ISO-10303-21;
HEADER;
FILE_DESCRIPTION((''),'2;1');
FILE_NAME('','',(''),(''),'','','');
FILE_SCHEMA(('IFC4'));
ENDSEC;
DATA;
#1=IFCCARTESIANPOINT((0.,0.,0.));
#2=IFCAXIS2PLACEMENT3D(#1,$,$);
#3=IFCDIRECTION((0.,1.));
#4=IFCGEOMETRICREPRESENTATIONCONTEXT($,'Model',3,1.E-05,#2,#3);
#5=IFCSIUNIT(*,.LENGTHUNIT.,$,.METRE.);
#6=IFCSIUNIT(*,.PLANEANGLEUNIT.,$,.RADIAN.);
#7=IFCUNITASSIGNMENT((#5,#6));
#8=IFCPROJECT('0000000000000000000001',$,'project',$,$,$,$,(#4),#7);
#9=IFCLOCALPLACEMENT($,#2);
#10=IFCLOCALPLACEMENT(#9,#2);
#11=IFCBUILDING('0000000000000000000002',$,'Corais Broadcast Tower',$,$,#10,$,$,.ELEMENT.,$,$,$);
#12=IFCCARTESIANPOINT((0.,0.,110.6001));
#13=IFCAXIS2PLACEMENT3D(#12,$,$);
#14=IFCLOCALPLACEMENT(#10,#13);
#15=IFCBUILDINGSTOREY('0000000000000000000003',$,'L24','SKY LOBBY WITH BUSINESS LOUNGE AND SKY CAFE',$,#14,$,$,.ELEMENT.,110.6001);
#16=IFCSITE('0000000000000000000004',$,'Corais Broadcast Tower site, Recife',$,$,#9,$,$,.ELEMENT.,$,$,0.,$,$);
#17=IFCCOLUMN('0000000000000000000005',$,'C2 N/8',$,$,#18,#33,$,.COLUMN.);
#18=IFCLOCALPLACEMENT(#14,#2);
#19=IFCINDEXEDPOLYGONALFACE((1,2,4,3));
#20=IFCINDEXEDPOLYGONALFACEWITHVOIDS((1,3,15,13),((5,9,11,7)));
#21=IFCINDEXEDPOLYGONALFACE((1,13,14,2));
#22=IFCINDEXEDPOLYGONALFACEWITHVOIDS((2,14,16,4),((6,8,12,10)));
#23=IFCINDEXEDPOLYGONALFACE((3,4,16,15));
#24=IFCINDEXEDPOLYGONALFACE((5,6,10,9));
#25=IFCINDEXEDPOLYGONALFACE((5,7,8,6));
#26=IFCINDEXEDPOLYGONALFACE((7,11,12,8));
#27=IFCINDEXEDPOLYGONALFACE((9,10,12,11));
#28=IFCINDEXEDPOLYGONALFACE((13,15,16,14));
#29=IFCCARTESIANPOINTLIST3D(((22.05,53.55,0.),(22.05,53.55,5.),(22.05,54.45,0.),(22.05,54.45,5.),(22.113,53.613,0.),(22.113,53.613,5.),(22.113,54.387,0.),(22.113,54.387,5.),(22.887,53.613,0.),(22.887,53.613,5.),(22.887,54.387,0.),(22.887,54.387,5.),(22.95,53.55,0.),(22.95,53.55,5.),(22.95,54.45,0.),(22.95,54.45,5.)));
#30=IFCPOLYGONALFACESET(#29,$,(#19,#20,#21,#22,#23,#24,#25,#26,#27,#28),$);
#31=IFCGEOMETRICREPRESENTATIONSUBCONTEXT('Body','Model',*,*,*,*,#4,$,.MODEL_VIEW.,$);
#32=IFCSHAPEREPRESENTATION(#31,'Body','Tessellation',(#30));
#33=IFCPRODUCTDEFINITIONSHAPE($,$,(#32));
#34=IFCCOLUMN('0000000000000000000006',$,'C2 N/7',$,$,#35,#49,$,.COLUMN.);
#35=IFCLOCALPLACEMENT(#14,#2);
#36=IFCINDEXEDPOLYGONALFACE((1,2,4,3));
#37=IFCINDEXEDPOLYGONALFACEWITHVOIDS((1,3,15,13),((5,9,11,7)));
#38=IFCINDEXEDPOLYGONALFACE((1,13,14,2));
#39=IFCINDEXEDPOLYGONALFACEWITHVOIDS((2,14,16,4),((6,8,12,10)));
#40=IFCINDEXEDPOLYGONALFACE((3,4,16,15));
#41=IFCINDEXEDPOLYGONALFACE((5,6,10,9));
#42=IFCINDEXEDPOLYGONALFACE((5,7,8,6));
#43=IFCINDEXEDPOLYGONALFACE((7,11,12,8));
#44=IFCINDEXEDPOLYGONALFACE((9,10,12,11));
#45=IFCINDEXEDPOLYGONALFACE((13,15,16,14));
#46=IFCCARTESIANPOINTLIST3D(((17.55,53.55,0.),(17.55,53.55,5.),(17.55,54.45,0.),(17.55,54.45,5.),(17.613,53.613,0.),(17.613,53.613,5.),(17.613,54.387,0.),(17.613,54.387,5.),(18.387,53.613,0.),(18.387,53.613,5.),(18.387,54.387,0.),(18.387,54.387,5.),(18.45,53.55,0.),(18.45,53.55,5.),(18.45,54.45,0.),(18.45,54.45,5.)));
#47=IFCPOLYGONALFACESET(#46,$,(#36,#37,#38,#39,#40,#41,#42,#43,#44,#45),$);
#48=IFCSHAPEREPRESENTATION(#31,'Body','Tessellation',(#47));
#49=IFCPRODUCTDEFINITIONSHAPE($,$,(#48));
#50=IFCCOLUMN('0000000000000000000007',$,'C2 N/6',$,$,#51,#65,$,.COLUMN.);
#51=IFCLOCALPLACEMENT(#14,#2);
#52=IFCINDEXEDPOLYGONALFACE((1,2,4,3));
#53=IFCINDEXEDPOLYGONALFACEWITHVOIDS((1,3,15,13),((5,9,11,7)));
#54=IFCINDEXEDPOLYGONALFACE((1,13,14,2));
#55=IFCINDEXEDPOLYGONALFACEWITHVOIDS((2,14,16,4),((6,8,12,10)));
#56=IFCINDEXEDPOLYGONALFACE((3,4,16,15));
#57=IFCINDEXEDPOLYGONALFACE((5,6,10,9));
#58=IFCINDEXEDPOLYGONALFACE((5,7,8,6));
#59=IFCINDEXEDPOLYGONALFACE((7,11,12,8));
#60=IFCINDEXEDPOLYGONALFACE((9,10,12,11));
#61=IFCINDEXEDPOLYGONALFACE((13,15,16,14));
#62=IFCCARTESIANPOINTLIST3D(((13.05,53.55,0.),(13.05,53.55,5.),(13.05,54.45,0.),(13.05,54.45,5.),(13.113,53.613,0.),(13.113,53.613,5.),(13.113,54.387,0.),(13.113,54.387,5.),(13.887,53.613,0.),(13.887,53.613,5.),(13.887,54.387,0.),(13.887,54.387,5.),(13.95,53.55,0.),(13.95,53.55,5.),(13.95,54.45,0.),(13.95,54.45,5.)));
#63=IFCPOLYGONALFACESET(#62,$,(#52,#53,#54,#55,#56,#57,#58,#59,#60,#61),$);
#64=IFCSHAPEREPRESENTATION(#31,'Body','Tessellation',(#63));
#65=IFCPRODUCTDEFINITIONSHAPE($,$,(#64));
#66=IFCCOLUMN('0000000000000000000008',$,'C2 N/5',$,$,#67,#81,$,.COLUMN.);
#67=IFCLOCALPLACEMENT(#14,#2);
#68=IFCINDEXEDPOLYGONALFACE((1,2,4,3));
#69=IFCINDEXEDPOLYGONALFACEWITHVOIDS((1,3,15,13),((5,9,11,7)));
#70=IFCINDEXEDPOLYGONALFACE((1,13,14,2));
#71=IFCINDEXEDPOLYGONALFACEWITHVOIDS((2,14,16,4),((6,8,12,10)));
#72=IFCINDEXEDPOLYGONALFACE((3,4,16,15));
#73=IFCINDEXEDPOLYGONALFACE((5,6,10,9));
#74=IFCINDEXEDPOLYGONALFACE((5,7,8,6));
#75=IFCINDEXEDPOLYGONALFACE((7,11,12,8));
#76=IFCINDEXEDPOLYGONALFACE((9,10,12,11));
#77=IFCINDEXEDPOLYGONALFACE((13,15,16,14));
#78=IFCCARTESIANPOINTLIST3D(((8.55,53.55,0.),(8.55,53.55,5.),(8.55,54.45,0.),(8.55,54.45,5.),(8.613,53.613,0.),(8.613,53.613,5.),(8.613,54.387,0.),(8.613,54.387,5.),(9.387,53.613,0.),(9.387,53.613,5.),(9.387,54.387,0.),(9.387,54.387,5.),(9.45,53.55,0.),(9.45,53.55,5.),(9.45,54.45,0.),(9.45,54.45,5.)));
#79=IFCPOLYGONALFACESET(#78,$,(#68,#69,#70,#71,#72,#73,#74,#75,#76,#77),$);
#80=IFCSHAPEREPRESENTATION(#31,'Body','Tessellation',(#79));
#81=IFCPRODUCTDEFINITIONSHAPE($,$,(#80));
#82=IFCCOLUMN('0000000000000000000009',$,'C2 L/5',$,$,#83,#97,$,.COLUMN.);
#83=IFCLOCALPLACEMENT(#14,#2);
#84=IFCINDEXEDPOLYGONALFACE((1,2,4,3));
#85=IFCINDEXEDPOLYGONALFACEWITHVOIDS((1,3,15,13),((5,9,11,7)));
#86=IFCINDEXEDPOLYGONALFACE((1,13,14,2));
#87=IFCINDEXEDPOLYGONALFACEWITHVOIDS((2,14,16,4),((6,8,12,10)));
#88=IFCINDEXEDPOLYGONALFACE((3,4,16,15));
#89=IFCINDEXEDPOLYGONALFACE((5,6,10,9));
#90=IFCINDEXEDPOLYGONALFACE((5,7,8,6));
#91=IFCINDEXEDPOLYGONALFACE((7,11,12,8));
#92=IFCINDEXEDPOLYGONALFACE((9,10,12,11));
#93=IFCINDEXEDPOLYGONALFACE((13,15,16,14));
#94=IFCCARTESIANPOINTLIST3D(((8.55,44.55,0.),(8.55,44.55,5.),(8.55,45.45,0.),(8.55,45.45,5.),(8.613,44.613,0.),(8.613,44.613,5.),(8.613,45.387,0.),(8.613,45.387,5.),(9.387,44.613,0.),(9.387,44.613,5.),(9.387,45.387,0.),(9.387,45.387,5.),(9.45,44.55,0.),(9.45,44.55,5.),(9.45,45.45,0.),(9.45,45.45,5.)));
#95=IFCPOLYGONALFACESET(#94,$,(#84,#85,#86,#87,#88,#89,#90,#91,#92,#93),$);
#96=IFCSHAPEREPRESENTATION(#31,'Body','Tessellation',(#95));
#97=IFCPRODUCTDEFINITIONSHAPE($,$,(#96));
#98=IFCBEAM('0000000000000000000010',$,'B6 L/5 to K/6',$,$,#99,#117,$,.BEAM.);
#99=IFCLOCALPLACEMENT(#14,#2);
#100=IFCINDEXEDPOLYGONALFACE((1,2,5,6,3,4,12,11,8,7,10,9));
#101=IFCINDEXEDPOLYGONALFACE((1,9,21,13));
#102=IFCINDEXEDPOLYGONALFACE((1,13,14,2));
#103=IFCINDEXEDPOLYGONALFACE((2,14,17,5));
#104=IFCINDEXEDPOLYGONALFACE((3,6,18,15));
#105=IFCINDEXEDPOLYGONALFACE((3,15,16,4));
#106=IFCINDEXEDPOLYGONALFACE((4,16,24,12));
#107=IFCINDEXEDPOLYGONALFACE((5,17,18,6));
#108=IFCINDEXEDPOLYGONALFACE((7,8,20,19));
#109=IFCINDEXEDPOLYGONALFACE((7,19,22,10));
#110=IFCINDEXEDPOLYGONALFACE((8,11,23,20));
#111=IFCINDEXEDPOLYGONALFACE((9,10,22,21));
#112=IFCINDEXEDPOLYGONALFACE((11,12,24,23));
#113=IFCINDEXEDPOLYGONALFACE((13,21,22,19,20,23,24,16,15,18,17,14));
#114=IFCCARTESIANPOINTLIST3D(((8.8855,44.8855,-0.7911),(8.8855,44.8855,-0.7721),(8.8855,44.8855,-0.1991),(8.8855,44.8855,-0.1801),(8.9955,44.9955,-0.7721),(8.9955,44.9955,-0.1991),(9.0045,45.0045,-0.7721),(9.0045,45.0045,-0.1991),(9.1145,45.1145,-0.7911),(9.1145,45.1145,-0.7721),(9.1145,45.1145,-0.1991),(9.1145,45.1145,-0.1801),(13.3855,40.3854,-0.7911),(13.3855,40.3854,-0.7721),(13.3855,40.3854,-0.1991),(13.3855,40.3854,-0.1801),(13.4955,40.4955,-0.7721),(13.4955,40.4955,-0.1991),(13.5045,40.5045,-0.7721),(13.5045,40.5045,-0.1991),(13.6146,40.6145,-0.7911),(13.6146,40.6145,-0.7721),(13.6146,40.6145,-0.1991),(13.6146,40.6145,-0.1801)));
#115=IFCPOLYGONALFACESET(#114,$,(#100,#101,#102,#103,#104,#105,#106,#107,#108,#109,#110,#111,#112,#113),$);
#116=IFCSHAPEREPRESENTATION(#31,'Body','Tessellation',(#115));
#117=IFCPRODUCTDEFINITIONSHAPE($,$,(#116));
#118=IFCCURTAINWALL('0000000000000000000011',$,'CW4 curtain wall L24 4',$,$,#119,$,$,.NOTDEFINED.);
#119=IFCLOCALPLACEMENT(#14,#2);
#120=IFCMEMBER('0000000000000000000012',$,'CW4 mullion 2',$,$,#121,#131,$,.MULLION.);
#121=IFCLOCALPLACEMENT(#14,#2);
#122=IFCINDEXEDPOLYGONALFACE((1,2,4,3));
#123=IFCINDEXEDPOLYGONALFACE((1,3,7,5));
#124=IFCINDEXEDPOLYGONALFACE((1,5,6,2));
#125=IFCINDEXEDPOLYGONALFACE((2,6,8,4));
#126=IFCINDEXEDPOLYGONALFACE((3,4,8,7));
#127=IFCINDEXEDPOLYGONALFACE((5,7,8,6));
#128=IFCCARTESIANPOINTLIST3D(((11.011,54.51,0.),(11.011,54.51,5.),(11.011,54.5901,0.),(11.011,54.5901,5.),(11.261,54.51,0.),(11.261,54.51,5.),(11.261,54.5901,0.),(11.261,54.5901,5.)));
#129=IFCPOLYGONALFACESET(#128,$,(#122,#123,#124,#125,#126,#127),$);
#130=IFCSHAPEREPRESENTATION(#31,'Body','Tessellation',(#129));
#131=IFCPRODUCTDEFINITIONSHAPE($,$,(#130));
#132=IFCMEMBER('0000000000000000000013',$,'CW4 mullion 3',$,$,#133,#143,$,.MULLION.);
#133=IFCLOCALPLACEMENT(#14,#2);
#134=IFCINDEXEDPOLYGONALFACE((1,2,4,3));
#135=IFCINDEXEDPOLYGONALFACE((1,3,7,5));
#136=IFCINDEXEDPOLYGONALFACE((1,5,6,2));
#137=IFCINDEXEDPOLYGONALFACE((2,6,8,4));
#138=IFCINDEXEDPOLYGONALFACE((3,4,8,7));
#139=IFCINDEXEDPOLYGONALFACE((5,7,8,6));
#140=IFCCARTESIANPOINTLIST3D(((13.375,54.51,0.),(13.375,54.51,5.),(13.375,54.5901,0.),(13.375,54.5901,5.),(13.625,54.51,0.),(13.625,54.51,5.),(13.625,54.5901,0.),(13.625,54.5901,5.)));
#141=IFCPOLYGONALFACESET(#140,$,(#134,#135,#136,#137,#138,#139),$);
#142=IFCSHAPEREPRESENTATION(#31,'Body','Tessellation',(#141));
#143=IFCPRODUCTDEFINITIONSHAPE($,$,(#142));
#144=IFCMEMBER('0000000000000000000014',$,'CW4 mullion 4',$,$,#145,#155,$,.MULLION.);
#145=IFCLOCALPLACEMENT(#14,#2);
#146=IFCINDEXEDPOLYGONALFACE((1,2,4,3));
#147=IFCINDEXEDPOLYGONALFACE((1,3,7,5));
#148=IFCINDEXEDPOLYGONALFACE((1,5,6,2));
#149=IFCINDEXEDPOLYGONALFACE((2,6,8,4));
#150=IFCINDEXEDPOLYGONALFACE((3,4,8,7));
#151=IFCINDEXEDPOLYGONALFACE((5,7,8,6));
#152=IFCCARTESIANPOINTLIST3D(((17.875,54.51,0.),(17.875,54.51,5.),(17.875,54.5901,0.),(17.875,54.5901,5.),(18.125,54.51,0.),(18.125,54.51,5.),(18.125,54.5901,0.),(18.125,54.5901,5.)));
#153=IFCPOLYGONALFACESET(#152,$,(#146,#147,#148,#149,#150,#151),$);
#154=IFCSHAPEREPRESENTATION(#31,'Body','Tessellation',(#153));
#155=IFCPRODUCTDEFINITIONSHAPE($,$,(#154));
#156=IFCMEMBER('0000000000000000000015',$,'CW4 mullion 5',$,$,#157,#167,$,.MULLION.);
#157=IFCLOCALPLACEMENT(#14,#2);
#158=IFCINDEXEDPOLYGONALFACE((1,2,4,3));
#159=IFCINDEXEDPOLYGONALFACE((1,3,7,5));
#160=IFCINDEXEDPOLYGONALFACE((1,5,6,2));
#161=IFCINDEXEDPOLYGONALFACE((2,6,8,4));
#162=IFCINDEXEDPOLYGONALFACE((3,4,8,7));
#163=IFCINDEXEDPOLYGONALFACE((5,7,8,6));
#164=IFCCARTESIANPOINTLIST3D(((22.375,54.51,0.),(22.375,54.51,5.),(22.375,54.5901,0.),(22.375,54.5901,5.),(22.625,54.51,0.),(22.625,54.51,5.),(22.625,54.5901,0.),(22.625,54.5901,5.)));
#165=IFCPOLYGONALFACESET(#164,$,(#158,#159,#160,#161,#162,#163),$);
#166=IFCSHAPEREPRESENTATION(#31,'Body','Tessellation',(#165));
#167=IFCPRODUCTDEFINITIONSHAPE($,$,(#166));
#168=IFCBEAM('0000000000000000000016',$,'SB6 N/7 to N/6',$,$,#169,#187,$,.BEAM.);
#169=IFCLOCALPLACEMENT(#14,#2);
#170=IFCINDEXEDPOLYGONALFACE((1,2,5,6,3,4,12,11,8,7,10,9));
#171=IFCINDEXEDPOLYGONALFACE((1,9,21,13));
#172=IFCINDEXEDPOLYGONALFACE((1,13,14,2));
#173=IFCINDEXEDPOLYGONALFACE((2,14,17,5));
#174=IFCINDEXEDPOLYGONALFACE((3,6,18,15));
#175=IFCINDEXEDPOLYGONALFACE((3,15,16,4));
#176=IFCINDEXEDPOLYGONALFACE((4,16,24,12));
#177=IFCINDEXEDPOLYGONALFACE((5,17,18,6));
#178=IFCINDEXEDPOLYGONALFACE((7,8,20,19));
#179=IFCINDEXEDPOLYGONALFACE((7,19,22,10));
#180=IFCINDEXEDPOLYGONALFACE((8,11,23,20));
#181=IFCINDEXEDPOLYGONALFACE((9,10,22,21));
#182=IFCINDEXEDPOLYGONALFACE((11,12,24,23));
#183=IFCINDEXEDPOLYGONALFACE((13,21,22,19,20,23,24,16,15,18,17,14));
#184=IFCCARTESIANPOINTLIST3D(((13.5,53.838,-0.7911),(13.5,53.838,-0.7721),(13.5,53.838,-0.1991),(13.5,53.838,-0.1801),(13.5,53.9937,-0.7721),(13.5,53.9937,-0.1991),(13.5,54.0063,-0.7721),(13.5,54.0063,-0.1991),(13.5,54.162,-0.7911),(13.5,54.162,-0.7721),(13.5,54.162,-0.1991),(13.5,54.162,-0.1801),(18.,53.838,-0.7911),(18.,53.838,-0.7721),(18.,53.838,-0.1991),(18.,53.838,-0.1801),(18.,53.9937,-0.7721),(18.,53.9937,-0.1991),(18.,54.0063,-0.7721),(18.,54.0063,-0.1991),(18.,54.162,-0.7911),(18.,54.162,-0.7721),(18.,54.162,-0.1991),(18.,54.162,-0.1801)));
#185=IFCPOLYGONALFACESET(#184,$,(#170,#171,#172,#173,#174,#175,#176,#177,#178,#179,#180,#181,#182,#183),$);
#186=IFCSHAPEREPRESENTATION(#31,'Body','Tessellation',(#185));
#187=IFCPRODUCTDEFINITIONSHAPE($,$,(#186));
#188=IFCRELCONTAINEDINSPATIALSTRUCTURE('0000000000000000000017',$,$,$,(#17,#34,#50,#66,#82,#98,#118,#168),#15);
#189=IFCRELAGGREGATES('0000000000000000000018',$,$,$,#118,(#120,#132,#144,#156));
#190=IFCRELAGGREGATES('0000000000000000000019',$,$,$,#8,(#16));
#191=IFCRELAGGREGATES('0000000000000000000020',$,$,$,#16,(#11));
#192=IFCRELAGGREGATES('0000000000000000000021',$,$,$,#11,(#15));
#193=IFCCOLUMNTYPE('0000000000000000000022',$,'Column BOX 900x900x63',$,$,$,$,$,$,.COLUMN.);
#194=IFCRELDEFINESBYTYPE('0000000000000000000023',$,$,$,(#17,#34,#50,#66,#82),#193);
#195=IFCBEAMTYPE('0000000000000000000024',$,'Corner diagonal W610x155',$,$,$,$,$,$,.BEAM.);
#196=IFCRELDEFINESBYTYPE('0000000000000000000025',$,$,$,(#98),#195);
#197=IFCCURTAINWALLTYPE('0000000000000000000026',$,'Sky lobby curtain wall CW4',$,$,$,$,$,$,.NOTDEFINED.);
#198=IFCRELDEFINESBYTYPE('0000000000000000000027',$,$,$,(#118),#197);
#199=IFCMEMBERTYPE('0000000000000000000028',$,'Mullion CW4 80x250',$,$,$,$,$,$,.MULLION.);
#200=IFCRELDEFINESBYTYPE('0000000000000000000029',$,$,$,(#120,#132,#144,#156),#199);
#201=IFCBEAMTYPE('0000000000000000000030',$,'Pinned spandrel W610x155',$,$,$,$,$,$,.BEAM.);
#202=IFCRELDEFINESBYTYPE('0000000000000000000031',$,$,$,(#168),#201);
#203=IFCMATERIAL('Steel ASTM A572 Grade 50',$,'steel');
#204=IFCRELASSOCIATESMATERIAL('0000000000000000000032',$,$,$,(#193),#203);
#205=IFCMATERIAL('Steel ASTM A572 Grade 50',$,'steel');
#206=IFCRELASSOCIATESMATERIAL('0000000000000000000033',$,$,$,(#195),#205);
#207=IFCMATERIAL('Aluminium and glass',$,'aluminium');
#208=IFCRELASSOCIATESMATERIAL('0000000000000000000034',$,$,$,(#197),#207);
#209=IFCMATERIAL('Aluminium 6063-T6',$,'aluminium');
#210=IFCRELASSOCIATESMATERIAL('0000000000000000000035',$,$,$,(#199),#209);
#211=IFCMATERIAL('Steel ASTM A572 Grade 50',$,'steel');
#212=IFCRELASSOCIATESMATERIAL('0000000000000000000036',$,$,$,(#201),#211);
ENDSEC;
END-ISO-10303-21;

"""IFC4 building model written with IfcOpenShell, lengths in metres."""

from ifc_helpers import new_model, si_unit, direction, frame, origin, origin_2d, place, context, subcontext, project, spatial, rectangle, hollow_rectangle, i_section, extrude, material, material_profile, profile_set, type_object, element, aggregate, save


model = new_model("IFC4")

# Units and contexts
model_context = context("Model", 3, precision=1e-05, world=origin(), true_north=direction((0.0, 1.0)))
body_context = subcontext(model_context, "Body", "Model", "MODEL_VIEW")
ifc_project = project(units=[si_unit("LENGTHUNIT", "METRE"), si_unit("PLANEANGLEUNIT", "RADIAN")], contexts=[model_context])

# Site, building, storey
site_placement = place(None, origin())
site = spatial("IfcSite", under=ifc_project, at=site_placement, Name="Corais Broadcast Tower site, Recife", CompositionType="ELEMENT", RefElevation=0.0)
building_placement = place(site_placement, origin())
building = spatial("IfcBuilding", under=site, at=building_placement, Name="Corais Broadcast Tower", CompositionType="ELEMENT")
storey_placement = place(building_placement, frame((0.0, 0.0, 110.6001)))
storey = spatial("IfcBuildingStorey", under=building, at=storey_placement, Name="L24", Description="SKY LOBBY WITH BUSINESS LOUNGE AND SKY CAFE", CompositionType="ELEMENT", Elevation=110.6001)

# Columns
ifc_material_1 = material(Name="Steel ASTM A572 Grade 50", Category="steel")
ifc_material_profile_1 = material_profile(ifc_material_1, hollow_rectangle(XDim=0.8999, YDim=0.8999, WallThickness=0.063, at=origin_2d()), Name="BOX 900x900x63")
ifc_profile_set_1 = profile_set([ifc_material_profile_1], Name="Steel ASTM A572 Grade 50")
column_type = type_object("IfcColumnType", Name="Column BOX 900x900x63", PredefinedType="COLUMN", material=ifc_profile_set_1)
for number, where, z_axis, x_axis, name in (
    (1, (22.5, 54.0, 0.0), (0.0, 0.0, 1.0), (1.0, 0.0, 0.0), "C2 N/8"),
    (2, (18.0, 54.0, 0.0), (0.0, 0.0, 1.0), (1.0, 0.0, 0.0), "C2 N/7"),
    (3, (13.5, 54.0, 0.0), (0.0, 0.0, 1.0), (1.0, 0.0, 0.0), "C2 N/6"),
    (4, (9.0, 54.0, 0.0), (0.0, 0.0, 1.0), (1.0, 0.0, 0.0), "C2 N/5"),
    (5, (9.0, 45.0, 0.0), (0.0, 0.0, 1.0), (1.0, 0.0, 0.0), "C2 L/5"),
):
    element("IfcColumn", number, at=place(storey_placement, frame(where, z_axis=z_axis, x_axis=x_axis)), inside=storey, type_object=column_type, Name=name, PredefinedType="COLUMN", context=body_context, shape_type="SweptSolid", body=[
        extrude(hollow_rectangle(XDim=0.8999, YDim=0.8999, WallThickness=0.063, at=origin_2d()), origin(), (0.0, 0.0, 1.0), 5.0),
    ])

# Beam
ifc_material_2 = material(Name="Steel ASTM A572 Grade 50", Category="steel")
ifc_material_profile_2 = material_profile(ifc_material_2, i_section(OverallWidth=0.324, OverallDepth=0.6111, WebThickness=0.0127, FlangeThickness=0.019, at=origin_2d()), Name="W610x155")
ifc_profile_set_2 = profile_set([ifc_material_profile_2], Name="Steel ASTM A572 Grade 50")
beam_type_1 = type_object("IfcBeamType", Name="Corner diagonal W610x155", PredefinedType="BEAM", material=ifc_profile_set_2)
beam_1_placement = place(storey_placement, frame((9.0, 45.0, -0.4856), z_axis=(0.707107, -0.707107, 0.0), x_axis=(0.707107, 0.707107, 0.0)))
element("IfcBeam", 6, at=beam_1_placement, inside=storey, type_object=beam_type_1, Name="B6 L/5 to K/6", PredefinedType="BEAM", context=body_context, shape_type="SweptSolid", body=[
    extrude(i_section(OverallWidth=0.324, OverallDepth=0.6111, WebThickness=0.0127, FlangeThickness=0.019, at=origin_2d()), origin(), (0.0, 0.0, 1.0), 6.364),
])

# Curtain wall, members
ifc_material_3 = material(Name="Aluminium and glass", Category="aluminium")
curtain_wall_type = type_object("IfcCurtainWallType", Name="Sky lobby curtain wall CW4", PredefinedType="NOTDEFINED", material=ifc_material_3)
curtain_wall_placement = place(storey_placement, origin())
curtain_wall = element("IfcCurtainWall", 7, at=curtain_wall_placement, inside=storey, type_object=curtain_wall_type, Name="CW4 curtain wall L24 4", PredefinedType="NOTDEFINED")
ifc_material_4 = material(Name="Aluminium 6063-T6", Category="aluminium")
ifc_material_profile_3 = material_profile(ifc_material_4, rectangle(XDim=0.0801, YDim=0.25, at=origin_2d()), Name="Mullion CW4 80x250")
ifc_profile_set_3 = profile_set([ifc_material_profile_3], Name="Aluminium 6063-T6")
member_type_1 = type_object("IfcMemberType", Name="Mullion CW4 80x250", PredefinedType="MULLION", material=ifc_profile_set_3)
member_1_placement = place(storey_placement, frame((11.136, 54.55, 0.0), z_axis=(0.0, 0.0, 1.0), x_axis=(0.0, 1.0, 0.0)))
member_1 = element("IfcMember", 8, at=member_1_placement, type_object=member_type_1, Name="CW4 mullion 2", PredefinedType="MULLION", context=body_context, shape_type="SweptSolid", body=[
    extrude(rectangle(XDim=0.0801, YDim=0.25, at=origin_2d()), origin(), (0.0, 0.0, 1.0), 5.0),
])
member_2_placement = place(storey_placement, frame((13.5, 54.55, 0.0), z_axis=(0.0, 0.0, 1.0), x_axis=(0.0, 1.0, 0.0)))
member_2 = element("IfcMember", 9, at=member_2_placement, type_object=member_type_1, Name="CW4 mullion 3", PredefinedType="MULLION", context=body_context, shape_type="SweptSolid", body=[
    extrude(rectangle(XDim=0.0801, YDim=0.25, at=origin_2d()), origin(), (0.0, 0.0, 1.0), 5.0),
])
member_3_placement = place(storey_placement, frame((18.0, 54.55, 0.0), z_axis=(0.0, 0.0, 1.0), x_axis=(0.0, 1.0, 0.0)))
member_3 = element("IfcMember", 10, at=member_3_placement, type_object=member_type_1, Name="CW4 mullion 4", PredefinedType="MULLION", context=body_context, shape_type="SweptSolid", body=[
    extrude(rectangle(XDim=0.0801, YDim=0.25, at=origin_2d()), origin(), (0.0, 0.0, 1.0), 5.0),
])
member_4_placement = place(storey_placement, frame((22.5, 54.55, 0.0), z_axis=(0.0, 0.0, 1.0), x_axis=(0.0, 1.0, 0.0)))
member_4 = element("IfcMember", 11, at=member_4_placement, type_object=member_type_1, Name="CW4 mullion 5", PredefinedType="MULLION", context=body_context, shape_type="SweptSolid", body=[
    extrude(rectangle(XDim=0.0801, YDim=0.25, at=origin_2d()), origin(), (0.0, 0.0, 1.0), 5.0),
])

# Beam
ifc_material_5 = material(Name="Steel ASTM A572 Grade 50", Category="steel")
ifc_material_profile_4 = material_profile(ifc_material_5, i_section(OverallWidth=0.324, OverallDepth=0.6111, WebThickness=0.0127, FlangeThickness=0.019, at=origin_2d()), Name="W610x155")
ifc_profile_set_4 = profile_set([ifc_material_profile_4], Name="Steel ASTM A572 Grade 50")
beam_type_2 = type_object("IfcBeamType", Name="Pinned spandrel W610x155", PredefinedType="BEAM", material=ifc_profile_set_4)
beam_2_placement = place(storey_placement, frame((18.0, 54.0, -0.4856), z_axis=(-1.0, 0.0, 0.0), x_axis=(0.0, -1.0, 0.0)))
element("IfcBeam", 12, at=beam_2_placement, inside=storey, type_object=beam_type_2, Name="SB6 N/7 to N/6", PredefinedType="BEAM", context=body_context, shape_type="SweptSolid", body=[
    extrude(i_section(OverallWidth=0.324, OverallDepth=0.6111, WebThickness=0.0127, FlangeThickness=0.019, at=origin_2d()), origin(), (0.0, 0.0, 1.0), 4.5),
])

aggregate(curtain_wall, [member_1, member_2, member_3, member_4])

save(model, "model.ifc")
